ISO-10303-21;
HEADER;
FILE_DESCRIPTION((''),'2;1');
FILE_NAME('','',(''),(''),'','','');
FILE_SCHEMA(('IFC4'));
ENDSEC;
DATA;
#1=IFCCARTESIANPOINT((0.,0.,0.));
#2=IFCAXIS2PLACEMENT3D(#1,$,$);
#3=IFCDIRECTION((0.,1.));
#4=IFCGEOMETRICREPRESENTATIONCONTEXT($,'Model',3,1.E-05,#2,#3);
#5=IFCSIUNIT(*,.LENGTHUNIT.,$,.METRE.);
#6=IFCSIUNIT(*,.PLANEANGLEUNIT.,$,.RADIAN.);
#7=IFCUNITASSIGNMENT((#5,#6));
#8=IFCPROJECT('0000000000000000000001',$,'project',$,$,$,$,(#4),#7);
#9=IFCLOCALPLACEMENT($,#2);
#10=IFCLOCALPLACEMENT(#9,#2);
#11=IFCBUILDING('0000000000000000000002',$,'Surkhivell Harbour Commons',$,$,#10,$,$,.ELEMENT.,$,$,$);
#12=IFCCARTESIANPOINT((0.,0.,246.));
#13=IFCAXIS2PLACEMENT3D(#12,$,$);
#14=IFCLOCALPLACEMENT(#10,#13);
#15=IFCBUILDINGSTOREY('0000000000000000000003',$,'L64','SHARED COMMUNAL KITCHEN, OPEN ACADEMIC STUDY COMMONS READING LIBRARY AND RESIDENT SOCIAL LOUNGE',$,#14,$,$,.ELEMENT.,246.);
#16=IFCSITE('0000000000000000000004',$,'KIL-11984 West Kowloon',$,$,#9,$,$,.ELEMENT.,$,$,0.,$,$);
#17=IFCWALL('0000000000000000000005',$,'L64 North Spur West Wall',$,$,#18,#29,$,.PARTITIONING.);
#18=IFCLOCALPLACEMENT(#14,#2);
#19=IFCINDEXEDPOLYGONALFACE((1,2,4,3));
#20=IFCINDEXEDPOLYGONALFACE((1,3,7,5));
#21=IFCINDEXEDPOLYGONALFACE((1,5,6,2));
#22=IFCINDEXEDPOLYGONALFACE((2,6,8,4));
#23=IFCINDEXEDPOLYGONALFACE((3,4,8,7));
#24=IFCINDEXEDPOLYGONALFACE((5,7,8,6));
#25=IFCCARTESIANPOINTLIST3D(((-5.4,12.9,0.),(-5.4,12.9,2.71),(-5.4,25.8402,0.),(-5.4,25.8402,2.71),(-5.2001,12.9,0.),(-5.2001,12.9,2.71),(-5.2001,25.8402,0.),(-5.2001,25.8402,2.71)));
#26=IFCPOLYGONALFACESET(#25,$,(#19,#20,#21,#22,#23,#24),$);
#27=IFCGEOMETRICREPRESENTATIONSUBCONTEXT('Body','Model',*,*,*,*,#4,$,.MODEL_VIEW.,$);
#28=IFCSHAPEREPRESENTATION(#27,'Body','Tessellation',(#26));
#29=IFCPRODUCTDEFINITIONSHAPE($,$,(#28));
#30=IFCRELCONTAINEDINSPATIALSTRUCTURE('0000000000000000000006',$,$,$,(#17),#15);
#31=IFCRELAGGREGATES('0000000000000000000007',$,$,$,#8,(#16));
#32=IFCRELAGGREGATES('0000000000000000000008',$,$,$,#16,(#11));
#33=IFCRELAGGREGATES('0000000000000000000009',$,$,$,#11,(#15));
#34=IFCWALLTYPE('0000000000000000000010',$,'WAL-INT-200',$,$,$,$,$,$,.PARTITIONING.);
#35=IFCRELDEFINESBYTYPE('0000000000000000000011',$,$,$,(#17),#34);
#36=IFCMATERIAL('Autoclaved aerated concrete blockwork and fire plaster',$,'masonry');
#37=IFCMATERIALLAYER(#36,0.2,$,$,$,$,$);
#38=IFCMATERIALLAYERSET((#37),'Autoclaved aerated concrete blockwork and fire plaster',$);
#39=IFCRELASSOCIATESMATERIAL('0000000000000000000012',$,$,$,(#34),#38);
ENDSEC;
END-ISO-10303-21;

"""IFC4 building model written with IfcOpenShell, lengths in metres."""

from ifc_helpers import new_model, si_unit, direction, frame, frame_2d, origin, place, context, subcontext, project, spatial, rectangle, extrude, material, layer, layer_set, type_object, element, save


model = new_model("IFC4")

# Units and contexts
model_context = context("Model", 3, precision=1e-05, world=origin(), true_north=direction((0.0, 1.0)))
body_context = subcontext(model_context, "Body", "Model", "MODEL_VIEW")
ifc_project = project(units=[si_unit("LENGTHUNIT", "METRE"), si_unit("PLANEANGLEUNIT", "RADIAN")], contexts=[model_context])

# Site, building, storey
site_placement = place(None, origin())
site = spatial("IfcSite", under=ifc_project, at=site_placement, Name="KIL-11984 West Kowloon", CompositionType="ELEMENT", RefElevation=0.0)
building_placement = place(site_placement, origin())
building = spatial("IfcBuilding", under=site, at=building_placement, Name="Surkhivell Harbour Commons", CompositionType="ELEMENT")
storey_placement = place(building_placement, frame((0.0, 0.0, 246.0)))
storey = spatial("IfcBuildingStorey", under=building, at=storey_placement, Name="L64", Description="SHARED COMMUNAL KITCHEN, OPEN ACADEMIC STUDY COMMONS READING LIBRARY AND RESIDENT SOCIAL LOUNGE", CompositionType="ELEMENT", Elevation=246.0)

# Shared definitions
ifc_material_1 = material(Name="Autoclaved aerated concrete blockwork and fire plaster", Category="masonry")
ifc_layer_1 = layer(ifc_material_1, 0.2)
ifc_layer_set_1 = layer_set([ifc_layer_1], Name="Autoclaved aerated concrete blockwork and fire plaster")
wall_type_1 = type_object("IfcWallType", Name="WAL-INT-200", PredefinedType="PARTITIONING", material=ifc_layer_set_1)

# Wall
for number, where, z_axis, x_axis, name in (
    (1, (-5.3, 12.8999, 0.0), (0.0, 0.0, 1.0), (0.0, 1.0, 0.0), "L64 North Spur West Wall"),
):
    element("IfcWall", number, at=place(storey_placement, frame(where, z_axis=z_axis, x_axis=x_axis)), inside=storey, type_object=wall_type_1, Name=name, PredefinedType="PARTITIONING", context=body_context, shape_type="SweptSolid", body=[
        extrude(rectangle(XDim=12.9402, YDim=0.2, at=frame_2d((6.4702, 0.0))), origin(), (0.0, 0.0, 1.0), 2.71),
    ])

save(model, "model.ifc")
